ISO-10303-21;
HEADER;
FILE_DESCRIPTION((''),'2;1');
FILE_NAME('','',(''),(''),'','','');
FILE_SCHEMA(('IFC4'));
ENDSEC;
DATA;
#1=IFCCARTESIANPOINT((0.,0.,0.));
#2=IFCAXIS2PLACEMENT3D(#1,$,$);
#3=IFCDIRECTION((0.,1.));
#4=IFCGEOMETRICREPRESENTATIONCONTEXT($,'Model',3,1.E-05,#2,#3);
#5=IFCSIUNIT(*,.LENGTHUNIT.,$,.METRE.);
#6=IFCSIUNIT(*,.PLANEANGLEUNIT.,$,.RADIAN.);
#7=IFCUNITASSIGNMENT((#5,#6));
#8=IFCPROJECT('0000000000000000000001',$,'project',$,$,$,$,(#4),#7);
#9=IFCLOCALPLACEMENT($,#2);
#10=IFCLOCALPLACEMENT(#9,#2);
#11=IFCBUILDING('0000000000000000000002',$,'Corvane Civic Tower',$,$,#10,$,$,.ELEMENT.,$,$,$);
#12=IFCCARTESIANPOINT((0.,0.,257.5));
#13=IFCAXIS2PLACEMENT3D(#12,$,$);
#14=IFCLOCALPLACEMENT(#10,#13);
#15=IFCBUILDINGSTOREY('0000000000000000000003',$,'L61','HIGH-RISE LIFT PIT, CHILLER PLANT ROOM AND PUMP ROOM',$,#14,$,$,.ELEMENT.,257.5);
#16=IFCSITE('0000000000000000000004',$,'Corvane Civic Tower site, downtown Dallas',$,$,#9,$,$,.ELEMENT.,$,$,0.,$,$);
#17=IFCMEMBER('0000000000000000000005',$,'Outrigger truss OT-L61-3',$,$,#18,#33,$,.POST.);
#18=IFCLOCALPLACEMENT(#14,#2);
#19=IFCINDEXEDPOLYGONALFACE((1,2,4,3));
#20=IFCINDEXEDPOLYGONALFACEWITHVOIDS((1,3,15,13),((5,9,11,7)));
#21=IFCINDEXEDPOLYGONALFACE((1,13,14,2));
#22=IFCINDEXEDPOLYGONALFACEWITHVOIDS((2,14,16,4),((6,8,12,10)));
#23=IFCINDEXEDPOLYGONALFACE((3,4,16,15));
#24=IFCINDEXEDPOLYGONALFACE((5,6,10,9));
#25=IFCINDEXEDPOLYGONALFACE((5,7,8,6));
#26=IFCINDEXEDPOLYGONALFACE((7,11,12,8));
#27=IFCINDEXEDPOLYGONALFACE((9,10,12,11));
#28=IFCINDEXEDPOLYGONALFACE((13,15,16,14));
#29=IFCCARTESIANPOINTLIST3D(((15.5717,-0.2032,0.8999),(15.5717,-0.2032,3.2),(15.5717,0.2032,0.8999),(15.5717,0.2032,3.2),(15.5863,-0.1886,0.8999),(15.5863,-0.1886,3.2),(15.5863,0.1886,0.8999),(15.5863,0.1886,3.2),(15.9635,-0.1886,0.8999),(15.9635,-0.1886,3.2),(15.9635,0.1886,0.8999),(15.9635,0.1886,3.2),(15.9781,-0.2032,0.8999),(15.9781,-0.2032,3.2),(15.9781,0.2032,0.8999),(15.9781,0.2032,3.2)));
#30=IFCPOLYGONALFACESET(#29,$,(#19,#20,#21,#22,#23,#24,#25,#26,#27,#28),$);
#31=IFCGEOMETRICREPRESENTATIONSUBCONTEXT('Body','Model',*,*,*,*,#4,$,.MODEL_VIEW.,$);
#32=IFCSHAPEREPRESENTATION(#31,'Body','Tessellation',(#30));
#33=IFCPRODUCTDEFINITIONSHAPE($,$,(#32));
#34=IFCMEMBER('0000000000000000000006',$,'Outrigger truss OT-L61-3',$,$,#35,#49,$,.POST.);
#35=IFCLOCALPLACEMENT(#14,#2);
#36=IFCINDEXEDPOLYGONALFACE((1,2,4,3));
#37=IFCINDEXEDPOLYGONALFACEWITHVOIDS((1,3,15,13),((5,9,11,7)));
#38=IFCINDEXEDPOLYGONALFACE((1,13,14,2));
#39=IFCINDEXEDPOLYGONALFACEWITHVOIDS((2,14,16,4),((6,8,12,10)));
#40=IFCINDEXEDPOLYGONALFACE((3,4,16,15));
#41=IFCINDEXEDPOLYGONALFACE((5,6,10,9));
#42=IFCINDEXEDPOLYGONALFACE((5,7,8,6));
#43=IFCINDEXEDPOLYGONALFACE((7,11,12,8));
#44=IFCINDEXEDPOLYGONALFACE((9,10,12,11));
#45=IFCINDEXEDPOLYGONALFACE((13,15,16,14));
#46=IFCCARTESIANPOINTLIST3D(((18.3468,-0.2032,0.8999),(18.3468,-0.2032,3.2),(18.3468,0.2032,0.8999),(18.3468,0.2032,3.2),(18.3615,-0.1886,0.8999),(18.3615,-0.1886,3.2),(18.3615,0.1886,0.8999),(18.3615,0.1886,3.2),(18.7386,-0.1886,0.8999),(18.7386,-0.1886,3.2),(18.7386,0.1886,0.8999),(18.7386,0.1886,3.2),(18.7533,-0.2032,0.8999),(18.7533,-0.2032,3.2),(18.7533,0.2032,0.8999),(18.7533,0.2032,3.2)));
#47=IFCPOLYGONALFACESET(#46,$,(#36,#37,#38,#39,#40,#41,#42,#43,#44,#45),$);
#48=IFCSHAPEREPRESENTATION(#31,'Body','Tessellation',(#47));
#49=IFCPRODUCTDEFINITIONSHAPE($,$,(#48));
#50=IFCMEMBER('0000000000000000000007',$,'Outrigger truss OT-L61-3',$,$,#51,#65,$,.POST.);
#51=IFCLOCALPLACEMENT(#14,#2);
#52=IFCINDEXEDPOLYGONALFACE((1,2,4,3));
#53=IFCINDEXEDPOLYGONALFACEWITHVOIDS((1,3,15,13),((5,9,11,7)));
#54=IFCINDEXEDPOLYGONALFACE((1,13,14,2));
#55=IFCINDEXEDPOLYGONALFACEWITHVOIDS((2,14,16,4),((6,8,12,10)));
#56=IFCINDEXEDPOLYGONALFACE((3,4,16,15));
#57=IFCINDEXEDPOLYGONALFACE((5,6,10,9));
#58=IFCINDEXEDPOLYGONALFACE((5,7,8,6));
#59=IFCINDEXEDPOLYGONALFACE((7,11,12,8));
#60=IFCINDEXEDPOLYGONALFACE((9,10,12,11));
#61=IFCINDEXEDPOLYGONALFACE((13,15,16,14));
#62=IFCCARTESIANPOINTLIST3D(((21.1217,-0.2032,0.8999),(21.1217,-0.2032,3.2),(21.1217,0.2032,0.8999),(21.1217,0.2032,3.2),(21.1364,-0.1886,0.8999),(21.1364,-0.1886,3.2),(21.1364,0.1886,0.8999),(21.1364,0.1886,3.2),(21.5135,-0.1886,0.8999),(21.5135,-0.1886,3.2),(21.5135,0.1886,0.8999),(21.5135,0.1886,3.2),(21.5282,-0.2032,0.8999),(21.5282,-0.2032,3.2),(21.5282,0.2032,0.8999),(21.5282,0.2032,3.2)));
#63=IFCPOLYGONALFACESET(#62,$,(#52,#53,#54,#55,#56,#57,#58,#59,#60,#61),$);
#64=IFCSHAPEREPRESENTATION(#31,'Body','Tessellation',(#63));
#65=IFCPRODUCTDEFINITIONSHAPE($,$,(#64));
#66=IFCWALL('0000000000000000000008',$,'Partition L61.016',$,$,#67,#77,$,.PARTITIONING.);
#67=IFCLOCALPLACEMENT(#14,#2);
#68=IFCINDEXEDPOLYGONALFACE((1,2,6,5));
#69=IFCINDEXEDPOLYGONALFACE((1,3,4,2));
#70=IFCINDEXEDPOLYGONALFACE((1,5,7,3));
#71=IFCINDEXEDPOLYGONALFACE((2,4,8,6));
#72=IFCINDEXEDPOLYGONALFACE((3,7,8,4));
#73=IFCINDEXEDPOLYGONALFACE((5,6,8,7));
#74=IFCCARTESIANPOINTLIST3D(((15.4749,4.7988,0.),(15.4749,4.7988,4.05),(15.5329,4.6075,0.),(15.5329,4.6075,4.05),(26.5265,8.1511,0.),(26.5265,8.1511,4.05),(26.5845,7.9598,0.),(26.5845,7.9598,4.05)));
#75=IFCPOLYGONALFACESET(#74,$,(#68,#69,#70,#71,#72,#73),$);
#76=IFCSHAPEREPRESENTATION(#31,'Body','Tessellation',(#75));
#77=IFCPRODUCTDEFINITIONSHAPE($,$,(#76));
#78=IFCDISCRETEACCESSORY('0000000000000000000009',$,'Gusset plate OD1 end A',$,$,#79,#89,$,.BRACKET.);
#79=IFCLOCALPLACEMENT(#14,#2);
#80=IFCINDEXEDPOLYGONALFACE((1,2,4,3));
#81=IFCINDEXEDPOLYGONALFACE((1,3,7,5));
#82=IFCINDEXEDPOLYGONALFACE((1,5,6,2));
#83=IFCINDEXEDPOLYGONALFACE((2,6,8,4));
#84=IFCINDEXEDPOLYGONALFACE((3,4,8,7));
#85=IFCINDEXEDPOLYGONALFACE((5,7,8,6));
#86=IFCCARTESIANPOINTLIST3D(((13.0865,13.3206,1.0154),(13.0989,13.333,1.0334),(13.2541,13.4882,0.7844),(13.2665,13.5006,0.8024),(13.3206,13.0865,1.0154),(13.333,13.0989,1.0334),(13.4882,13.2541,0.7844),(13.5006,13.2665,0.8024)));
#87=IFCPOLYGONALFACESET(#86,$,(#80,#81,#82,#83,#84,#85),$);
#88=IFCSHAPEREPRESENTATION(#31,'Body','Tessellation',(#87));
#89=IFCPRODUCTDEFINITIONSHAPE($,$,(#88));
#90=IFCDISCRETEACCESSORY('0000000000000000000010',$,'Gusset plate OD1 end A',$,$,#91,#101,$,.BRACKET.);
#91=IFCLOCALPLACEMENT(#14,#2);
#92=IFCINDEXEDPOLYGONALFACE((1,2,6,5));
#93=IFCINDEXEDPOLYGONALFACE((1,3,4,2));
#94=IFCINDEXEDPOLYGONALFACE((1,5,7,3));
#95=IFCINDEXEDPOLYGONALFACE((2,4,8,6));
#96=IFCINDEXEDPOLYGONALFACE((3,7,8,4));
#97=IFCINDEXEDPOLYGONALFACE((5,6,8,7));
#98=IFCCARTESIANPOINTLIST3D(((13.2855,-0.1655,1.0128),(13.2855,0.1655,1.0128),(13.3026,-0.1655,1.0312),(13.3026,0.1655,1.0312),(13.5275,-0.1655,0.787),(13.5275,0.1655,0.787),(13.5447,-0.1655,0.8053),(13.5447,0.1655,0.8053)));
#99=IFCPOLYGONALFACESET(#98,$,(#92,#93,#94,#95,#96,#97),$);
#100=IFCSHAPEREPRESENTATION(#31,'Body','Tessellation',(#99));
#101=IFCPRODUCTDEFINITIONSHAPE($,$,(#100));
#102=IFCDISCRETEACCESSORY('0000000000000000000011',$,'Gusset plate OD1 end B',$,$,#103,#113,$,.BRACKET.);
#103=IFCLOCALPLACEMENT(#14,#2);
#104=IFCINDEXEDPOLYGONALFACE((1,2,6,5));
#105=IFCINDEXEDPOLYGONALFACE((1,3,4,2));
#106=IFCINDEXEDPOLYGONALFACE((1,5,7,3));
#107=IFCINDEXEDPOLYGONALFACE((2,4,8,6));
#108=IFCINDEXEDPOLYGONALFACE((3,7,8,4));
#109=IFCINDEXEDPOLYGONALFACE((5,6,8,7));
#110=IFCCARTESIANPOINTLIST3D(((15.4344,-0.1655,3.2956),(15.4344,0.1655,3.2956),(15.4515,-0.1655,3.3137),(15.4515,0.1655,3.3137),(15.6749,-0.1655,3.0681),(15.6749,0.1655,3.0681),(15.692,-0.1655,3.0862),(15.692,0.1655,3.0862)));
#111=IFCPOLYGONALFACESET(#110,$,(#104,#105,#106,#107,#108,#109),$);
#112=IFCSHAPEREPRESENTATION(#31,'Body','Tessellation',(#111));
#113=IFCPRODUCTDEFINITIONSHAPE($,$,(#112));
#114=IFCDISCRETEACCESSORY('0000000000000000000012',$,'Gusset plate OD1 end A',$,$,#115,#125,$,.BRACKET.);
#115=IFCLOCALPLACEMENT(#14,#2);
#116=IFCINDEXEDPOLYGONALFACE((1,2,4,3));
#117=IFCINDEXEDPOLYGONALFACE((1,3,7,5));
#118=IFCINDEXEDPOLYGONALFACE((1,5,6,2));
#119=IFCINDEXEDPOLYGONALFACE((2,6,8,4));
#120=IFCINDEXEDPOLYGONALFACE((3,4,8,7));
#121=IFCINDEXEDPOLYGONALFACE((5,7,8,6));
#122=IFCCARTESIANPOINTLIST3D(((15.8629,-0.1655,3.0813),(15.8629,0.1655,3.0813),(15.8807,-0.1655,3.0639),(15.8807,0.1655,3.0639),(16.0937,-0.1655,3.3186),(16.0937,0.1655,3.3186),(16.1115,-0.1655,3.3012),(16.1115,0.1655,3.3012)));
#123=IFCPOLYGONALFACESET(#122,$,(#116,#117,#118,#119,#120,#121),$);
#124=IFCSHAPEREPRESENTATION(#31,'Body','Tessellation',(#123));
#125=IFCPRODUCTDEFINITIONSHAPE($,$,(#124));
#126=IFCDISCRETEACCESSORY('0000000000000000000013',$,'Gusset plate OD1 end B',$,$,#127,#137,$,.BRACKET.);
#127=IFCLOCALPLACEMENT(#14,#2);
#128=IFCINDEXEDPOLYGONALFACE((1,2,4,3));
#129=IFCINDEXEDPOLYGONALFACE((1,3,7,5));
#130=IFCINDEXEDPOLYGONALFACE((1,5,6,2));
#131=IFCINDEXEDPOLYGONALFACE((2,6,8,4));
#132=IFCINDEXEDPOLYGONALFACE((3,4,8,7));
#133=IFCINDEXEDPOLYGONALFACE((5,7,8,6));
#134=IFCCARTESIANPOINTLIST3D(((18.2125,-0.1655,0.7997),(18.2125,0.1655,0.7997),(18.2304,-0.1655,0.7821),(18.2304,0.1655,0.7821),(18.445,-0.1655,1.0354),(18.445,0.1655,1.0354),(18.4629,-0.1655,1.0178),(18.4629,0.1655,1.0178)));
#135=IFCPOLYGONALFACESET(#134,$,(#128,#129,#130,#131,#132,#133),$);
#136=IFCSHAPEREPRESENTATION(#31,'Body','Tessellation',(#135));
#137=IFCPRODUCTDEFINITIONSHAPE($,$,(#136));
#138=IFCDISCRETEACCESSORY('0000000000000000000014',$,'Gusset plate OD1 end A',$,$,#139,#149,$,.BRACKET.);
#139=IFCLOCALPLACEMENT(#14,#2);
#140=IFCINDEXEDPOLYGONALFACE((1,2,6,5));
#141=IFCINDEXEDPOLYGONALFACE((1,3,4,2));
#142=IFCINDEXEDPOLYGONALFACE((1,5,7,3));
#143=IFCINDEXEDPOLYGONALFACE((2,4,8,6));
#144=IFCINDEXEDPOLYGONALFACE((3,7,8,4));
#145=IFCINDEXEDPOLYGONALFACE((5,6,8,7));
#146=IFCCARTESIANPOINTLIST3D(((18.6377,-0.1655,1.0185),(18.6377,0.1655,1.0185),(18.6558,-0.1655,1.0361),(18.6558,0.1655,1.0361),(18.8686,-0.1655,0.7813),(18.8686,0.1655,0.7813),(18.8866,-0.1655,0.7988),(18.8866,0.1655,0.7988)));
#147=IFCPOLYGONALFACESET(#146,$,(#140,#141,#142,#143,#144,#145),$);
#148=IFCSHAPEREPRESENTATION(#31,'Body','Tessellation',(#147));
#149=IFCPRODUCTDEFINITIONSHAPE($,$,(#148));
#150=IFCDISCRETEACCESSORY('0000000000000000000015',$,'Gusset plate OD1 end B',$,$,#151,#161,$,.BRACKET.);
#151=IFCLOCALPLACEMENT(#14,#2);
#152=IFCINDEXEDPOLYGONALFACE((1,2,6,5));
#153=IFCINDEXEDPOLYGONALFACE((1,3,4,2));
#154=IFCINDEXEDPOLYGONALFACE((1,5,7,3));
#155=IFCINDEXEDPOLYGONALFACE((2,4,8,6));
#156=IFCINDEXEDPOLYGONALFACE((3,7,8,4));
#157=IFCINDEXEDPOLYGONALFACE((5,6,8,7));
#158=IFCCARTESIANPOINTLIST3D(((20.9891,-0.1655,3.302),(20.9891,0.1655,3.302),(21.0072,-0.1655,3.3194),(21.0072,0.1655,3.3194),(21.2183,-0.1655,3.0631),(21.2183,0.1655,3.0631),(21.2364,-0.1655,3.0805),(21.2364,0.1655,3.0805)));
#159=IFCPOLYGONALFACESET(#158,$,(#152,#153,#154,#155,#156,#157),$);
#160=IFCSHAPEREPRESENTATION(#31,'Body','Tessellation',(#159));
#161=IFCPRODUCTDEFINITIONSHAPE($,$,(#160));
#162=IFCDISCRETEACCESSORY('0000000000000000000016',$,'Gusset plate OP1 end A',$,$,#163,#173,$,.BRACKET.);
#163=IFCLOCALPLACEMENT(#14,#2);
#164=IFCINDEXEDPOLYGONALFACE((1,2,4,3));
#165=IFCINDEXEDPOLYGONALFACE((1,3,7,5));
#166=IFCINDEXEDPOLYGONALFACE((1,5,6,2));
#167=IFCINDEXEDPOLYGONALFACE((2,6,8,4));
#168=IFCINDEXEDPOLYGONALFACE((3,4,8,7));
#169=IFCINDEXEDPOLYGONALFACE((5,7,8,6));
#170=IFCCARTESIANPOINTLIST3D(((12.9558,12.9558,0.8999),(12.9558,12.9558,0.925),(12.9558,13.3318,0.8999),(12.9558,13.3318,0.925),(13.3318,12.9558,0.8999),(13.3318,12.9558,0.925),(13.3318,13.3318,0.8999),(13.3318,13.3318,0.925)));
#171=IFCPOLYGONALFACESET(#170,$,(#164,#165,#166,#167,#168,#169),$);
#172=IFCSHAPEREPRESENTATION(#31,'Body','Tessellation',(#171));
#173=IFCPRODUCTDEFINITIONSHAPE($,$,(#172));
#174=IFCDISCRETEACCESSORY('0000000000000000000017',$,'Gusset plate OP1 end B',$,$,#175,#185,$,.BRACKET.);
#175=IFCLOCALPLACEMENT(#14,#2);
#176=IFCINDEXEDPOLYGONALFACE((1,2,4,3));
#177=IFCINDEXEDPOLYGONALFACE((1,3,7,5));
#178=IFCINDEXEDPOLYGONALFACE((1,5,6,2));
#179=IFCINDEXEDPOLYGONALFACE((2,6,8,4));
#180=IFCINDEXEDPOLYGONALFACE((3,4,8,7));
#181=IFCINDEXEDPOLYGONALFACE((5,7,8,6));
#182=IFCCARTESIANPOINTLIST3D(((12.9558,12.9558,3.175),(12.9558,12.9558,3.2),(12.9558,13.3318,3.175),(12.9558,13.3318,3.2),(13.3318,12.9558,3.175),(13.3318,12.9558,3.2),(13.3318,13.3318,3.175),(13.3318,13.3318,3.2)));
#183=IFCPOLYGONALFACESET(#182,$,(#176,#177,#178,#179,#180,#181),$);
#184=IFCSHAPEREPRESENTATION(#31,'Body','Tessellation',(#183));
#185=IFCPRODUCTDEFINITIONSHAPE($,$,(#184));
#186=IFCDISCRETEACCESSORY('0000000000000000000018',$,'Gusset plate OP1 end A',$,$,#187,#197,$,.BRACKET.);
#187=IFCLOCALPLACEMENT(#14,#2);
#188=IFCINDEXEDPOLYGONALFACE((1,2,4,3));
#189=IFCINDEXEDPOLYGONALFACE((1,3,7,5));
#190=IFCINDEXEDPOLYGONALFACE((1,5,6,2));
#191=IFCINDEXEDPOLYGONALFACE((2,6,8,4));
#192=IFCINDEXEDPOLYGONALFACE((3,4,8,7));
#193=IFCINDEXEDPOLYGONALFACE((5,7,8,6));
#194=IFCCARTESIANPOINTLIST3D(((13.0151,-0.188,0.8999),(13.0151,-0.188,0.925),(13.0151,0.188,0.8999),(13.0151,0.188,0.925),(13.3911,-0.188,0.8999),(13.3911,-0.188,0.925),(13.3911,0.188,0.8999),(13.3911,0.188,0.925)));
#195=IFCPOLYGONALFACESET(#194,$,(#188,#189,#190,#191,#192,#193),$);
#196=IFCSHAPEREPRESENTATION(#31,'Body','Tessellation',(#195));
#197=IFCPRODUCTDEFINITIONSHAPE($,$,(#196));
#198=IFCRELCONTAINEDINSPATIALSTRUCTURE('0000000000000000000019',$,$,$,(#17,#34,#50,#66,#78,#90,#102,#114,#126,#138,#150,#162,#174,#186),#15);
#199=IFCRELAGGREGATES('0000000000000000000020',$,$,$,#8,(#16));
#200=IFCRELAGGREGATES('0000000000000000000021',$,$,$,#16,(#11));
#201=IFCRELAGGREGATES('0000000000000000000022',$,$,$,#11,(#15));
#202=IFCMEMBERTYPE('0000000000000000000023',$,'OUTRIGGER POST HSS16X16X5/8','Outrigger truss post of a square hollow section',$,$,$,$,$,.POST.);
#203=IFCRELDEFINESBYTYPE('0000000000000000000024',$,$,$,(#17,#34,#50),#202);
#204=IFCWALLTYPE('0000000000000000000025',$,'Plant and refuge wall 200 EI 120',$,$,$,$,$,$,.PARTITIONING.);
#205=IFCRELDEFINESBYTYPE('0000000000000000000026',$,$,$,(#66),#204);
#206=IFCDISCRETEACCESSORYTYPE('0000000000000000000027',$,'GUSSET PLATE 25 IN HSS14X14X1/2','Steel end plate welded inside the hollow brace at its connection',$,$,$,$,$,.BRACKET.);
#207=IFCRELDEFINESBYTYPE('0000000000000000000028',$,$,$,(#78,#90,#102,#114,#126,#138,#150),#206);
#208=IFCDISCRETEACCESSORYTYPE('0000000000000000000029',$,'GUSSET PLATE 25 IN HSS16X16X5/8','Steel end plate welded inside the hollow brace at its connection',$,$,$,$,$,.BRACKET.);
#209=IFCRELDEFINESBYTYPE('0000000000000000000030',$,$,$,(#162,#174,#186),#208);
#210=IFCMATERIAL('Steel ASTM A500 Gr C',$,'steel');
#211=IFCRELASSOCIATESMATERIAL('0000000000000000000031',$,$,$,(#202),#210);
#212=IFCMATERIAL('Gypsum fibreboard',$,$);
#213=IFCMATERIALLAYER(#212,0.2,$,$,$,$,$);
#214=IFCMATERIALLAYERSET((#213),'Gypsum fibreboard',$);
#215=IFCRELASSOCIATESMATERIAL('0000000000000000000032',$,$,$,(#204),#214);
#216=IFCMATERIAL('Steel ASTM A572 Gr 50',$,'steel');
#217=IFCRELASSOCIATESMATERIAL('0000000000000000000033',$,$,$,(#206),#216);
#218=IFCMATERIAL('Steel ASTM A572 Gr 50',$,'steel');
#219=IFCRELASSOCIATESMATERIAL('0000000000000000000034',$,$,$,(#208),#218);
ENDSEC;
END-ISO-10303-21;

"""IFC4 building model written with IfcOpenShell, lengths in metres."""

from ifc_helpers import new_model, si_unit, direction, frame, frame_2d, origin, origin_2d, place, context, subcontext, project, spatial, rectangle, hollow_rectangle, extrude, material, layer, layer_set, material_profile, profile_set, type_object, element, save


model = new_model("IFC4")

# Units and contexts
model_context = context("Model", 3, precision=1e-05, world=origin(), true_north=direction((0.0, 1.0)))
body_context = subcontext(model_context, "Body", "Model", "MODEL_VIEW")
ifc_project = project(units=[si_unit("LENGTHUNIT", "METRE"), si_unit("PLANEANGLEUNIT", "RADIAN")], contexts=[model_context])

# Site, building, storey
site_placement = place(None, origin())
site = spatial("IfcSite", under=ifc_project, at=site_placement, Name="Corvane Civic Tower site, downtown Dallas", CompositionType="ELEMENT", RefElevation=0.0)
building_placement = place(site_placement, origin())
building = spatial("IfcBuilding", under=site, at=building_placement, Name="Corvane Civic Tower", CompositionType="ELEMENT")
storey_placement = place(building_placement, frame((0.0, 0.0, 257.5)))
storey = spatial("IfcBuildingStorey", under=building, at=storey_placement, Name="L61", Description="HIGH-RISE LIFT PIT, CHILLER PLANT ROOM AND PUMP ROOM", CompositionType="ELEMENT", Elevation=257.5)

# Members
ifc_material_1 = material(Name="Steel ASTM A500 Gr C", Category="steel")
ifc_material_profile_1 = material_profile(ifc_material_1, hollow_rectangle(XDim=0.4065, YDim=0.4065, WallThickness=0.0146, at=origin_2d()), Name="HSS16X16X5/8")
ifc_profile_set_1 = profile_set([ifc_material_profile_1], Name="Steel ASTM A500 Gr C")
member_type_1 = type_object("IfcMemberType", Name="OUTRIGGER POST HSS16X16X5/8", Description="Outrigger truss post of a square hollow section", PredefinedType="POST", material=ifc_profile_set_1)
for number, where, z_axis, x_axis, name in (
    (1, (15.7749, 0.0, 0.8999), (0.0, 0.0, 1.0), (1.0, 0.0, 0.0), "Outrigger truss OT-L61-3"),
    (2, (18.55, 0.0, 0.8999), (0.0, 0.0, 1.0), (1.0, 0.0, 0.0), "Outrigger truss OT-L61-3"),
    (3, (21.325, 0.0, 0.8999), (0.0, 0.0, 1.0), (1.0, 0.0, 0.0), "Outrigger truss OT-L61-3"),
):
    element("IfcMember", number, at=place(storey_placement, frame(where, z_axis=z_axis, x_axis=x_axis)), inside=storey, type_object=member_type_1, Name=name, PredefinedType="POST", context=body_context, shape_type="SweptSolid", body=[
        extrude(hollow_rectangle(XDim=0.4065, YDim=0.4065, WallThickness=0.0146, at=origin_2d()), origin(), (0.0, 0.0, 1.0), 2.3),
    ])

# Wall
ifc_material_2 = material(Name="Gypsum fibreboard")
ifc_layer = layer(ifc_material_2, 0.2)
ifc_layer_set = layer_set([ifc_layer], Name="Gypsum fibreboard")
wall_type = type_object("IfcWallType", Name="Plant and refuge wall 200 EI 120", PredefinedType="PARTITIONING", material=ifc_layer_set)
wall_placement = place(storey_placement, frame((15.5039, 4.7031, 0.0), z_axis=(0.0, 0.0, 1.0), x_axis=(0.956944, 0.290273, 0.0)))
element("IfcWall", 4, at=wall_placement, inside=storey, type_object=wall_type, Name="Partition L61.016", PredefinedType="PARTITIONING", context=body_context, shape_type="SweptSolid", body=[
    extrude(rectangle(XDim=11.5488, YDim=0.2, at=frame_2d((5.7744, 0.0))), origin(), (0.0, 0.0, 1.0), 4.05),
])

# Discrete accessories
ifc_material_3 = material(Name="Steel ASTM A572 Gr 50", Category="steel")
ifc_material_profile_2 = material_profile(ifc_material_3, rectangle(XDim=0.3311, YDim=0.3311, at=origin_2d()), Name="GUSSET PLATE 25 IN HSS14X14X1/2")
ifc_profile_set_2 = profile_set([ifc_material_profile_2], Name="Steel ASTM A572 Gr 50")
discrete_accessory_type_1 = type_object("IfcDiscreteAccessoryType", Name="GUSSET PLATE 25 IN HSS14X14X1/2", Description="Steel end plate welded inside the hollow brace at its connection", PredefinedType="BRACKET", material=ifc_profile_set_2)
for number, where, z_axis, x_axis, name in (
    (5, (13.2874, 13.2874, 0.8999), (0.493543, 0.493543, 0.716122), (-0.707107, 0.707107, 0.0), "Gusset plate OD1 end A"),
    (6, (13.4065, 0.0, 0.8999), (0.682318, 0.0, 0.731055), (0.0, 1.0, 0.0), "Gusset plate OD1 end A"),
):
    element("IfcDiscreteAccessory", number, at=place(storey_placement, frame(where, z_axis=z_axis, x_axis=x_axis)), inside=storey, type_object=discrete_accessory_type_1, Name=name, PredefinedType="BRACKET", context=body_context, shape_type="SweptSolid", body=[
        extrude(rectangle(XDim=0.3311, YDim=0.3311, at=origin_2d()), origin(), (0.0, 0.0, 1.0), 0.0251),
    ])
for number, where, z_axis, x_axis, name in (
    (7, (15.5718, 0.0, 3.2), (-0.6872, 0.0, -0.726468), (0.0, -1.0, 0.0), "Gusset plate OD1 end B"),
    (8, (15.9783, 0.0, 3.2), (0.716859, 0.0, -0.697219), (0.0, 1.0, 0.0), "Gusset plate OD1 end A"),
):
    element("IfcDiscreteAccessory", number, at=place(storey_placement, frame(where, z_axis=z_axis, x_axis=x_axis)), inside=storey, type_object=discrete_accessory_type_1, Name=name, PredefinedType="BRACKET", context=body_context, shape_type="SweptSolid", body=[
        extrude(rectangle(XDim=0.3311, YDim=0.3311, at=origin_2d()), origin(), (0.0, 0.0, 1.0), 0.0249),
    ])
for number, where, z_axis, x_axis, name in (
    (9, (18.3467, 0.0, 0.8999), (-0.711966, 0.0, 0.702213), (0.0, -1.0, 0.0), "Gusset plate OD1 end B"),
    (10, (18.7532, 0.0, 0.8999), (0.716726, 0.0, 0.697355), (0.0, 1.0, 0.0), "Gusset plate OD1 end A"),
    (11, (21.1218, 0.0, 3.2), (-0.721582, 0.0, -0.692329), (0.0, -1.0, 0.0), "Gusset plate OD1 end B"),
):
    element("IfcDiscreteAccessory", number, at=place(storey_placement, frame(where, z_axis=z_axis, x_axis=x_axis)), inside=storey, type_object=discrete_accessory_type_1, Name=name, PredefinedType="BRACKET", context=body_context, shape_type="SweptSolid", body=[
        extrude(rectangle(XDim=0.3311, YDim=0.3311, at=origin_2d()), origin(), (0.0, 0.0, 1.0), 0.0251),
    ])
ifc_material_4 = material(Name="Steel ASTM A572 Gr 50", Category="steel")
ifc_material_profile_3 = material_profile(ifc_material_4, rectangle(XDim=0.376, YDim=0.376, at=origin_2d()), Name="GUSSET PLATE 25 IN HSS16X16X5/8")
ifc_profile_set_3 = profile_set([ifc_material_profile_3], Name="Steel ASTM A572 Gr 50")
discrete_accessory_type_2 = type_object("IfcDiscreteAccessoryType", Name="GUSSET PLATE 25 IN HSS16X16X5/8", Description="Steel end plate welded inside the hollow brace at its connection", PredefinedType="BRACKET", material=ifc_profile_set_3)
discrete_accessory_1_placement = place(storey_placement, frame((13.1438, 13.1438, 0.8999), z_axis=(0.0, 0.0, 1.0), x_axis=(1.0, 0.0, 0.0)))
element("IfcDiscreteAccessory", 12, at=discrete_accessory_1_placement, inside=storey, type_object=discrete_accessory_type_2, Name="Gusset plate OP1 end A", PredefinedType="BRACKET", context=body_context, shape_type="SweptSolid", body=[
    extrude(rectangle(XDim=0.376, YDim=0.376, at=origin_2d()), origin(), (0.0, 0.0, 1.0), 0.0251),
])
discrete_accessory_2_placement = place(storey_placement, frame((13.1438, 13.1438, 3.2), z_axis=(0.0, 0.0, -1.0), x_axis=(1.0, 0.0, 0.0)))
element("IfcDiscreteAccessory", 13, at=discrete_accessory_2_placement, inside=storey, type_object=discrete_accessory_type_2, Name="Gusset plate OP1 end B", PredefinedType="BRACKET", context=body_context, shape_type="SweptSolid", body=[
    extrude(rectangle(XDim=0.376, YDim=0.376, at=origin_2d()), origin(), (0.0, 0.0, 1.0), 0.0249),
])
discrete_accessory_3_placement = place(storey_placement, frame((13.2031, 0.0, 0.8999), z_axis=(0.0, 0.0, 1.0), x_axis=(1.0, 0.0, 0.0)))
element("IfcDiscreteAccessory", 14, at=discrete_accessory_3_placement, inside=storey, type_object=discrete_accessory_type_2, Name="Gusset plate OP1 end A", PredefinedType="BRACKET", context=body_context, shape_type="SweptSolid", body=[
    extrude(rectangle(XDim=0.376, YDim=0.376, at=origin_2d()), origin(), (0.0, 0.0, 1.0), 0.0251),
])

save(model, "model.ifc")
